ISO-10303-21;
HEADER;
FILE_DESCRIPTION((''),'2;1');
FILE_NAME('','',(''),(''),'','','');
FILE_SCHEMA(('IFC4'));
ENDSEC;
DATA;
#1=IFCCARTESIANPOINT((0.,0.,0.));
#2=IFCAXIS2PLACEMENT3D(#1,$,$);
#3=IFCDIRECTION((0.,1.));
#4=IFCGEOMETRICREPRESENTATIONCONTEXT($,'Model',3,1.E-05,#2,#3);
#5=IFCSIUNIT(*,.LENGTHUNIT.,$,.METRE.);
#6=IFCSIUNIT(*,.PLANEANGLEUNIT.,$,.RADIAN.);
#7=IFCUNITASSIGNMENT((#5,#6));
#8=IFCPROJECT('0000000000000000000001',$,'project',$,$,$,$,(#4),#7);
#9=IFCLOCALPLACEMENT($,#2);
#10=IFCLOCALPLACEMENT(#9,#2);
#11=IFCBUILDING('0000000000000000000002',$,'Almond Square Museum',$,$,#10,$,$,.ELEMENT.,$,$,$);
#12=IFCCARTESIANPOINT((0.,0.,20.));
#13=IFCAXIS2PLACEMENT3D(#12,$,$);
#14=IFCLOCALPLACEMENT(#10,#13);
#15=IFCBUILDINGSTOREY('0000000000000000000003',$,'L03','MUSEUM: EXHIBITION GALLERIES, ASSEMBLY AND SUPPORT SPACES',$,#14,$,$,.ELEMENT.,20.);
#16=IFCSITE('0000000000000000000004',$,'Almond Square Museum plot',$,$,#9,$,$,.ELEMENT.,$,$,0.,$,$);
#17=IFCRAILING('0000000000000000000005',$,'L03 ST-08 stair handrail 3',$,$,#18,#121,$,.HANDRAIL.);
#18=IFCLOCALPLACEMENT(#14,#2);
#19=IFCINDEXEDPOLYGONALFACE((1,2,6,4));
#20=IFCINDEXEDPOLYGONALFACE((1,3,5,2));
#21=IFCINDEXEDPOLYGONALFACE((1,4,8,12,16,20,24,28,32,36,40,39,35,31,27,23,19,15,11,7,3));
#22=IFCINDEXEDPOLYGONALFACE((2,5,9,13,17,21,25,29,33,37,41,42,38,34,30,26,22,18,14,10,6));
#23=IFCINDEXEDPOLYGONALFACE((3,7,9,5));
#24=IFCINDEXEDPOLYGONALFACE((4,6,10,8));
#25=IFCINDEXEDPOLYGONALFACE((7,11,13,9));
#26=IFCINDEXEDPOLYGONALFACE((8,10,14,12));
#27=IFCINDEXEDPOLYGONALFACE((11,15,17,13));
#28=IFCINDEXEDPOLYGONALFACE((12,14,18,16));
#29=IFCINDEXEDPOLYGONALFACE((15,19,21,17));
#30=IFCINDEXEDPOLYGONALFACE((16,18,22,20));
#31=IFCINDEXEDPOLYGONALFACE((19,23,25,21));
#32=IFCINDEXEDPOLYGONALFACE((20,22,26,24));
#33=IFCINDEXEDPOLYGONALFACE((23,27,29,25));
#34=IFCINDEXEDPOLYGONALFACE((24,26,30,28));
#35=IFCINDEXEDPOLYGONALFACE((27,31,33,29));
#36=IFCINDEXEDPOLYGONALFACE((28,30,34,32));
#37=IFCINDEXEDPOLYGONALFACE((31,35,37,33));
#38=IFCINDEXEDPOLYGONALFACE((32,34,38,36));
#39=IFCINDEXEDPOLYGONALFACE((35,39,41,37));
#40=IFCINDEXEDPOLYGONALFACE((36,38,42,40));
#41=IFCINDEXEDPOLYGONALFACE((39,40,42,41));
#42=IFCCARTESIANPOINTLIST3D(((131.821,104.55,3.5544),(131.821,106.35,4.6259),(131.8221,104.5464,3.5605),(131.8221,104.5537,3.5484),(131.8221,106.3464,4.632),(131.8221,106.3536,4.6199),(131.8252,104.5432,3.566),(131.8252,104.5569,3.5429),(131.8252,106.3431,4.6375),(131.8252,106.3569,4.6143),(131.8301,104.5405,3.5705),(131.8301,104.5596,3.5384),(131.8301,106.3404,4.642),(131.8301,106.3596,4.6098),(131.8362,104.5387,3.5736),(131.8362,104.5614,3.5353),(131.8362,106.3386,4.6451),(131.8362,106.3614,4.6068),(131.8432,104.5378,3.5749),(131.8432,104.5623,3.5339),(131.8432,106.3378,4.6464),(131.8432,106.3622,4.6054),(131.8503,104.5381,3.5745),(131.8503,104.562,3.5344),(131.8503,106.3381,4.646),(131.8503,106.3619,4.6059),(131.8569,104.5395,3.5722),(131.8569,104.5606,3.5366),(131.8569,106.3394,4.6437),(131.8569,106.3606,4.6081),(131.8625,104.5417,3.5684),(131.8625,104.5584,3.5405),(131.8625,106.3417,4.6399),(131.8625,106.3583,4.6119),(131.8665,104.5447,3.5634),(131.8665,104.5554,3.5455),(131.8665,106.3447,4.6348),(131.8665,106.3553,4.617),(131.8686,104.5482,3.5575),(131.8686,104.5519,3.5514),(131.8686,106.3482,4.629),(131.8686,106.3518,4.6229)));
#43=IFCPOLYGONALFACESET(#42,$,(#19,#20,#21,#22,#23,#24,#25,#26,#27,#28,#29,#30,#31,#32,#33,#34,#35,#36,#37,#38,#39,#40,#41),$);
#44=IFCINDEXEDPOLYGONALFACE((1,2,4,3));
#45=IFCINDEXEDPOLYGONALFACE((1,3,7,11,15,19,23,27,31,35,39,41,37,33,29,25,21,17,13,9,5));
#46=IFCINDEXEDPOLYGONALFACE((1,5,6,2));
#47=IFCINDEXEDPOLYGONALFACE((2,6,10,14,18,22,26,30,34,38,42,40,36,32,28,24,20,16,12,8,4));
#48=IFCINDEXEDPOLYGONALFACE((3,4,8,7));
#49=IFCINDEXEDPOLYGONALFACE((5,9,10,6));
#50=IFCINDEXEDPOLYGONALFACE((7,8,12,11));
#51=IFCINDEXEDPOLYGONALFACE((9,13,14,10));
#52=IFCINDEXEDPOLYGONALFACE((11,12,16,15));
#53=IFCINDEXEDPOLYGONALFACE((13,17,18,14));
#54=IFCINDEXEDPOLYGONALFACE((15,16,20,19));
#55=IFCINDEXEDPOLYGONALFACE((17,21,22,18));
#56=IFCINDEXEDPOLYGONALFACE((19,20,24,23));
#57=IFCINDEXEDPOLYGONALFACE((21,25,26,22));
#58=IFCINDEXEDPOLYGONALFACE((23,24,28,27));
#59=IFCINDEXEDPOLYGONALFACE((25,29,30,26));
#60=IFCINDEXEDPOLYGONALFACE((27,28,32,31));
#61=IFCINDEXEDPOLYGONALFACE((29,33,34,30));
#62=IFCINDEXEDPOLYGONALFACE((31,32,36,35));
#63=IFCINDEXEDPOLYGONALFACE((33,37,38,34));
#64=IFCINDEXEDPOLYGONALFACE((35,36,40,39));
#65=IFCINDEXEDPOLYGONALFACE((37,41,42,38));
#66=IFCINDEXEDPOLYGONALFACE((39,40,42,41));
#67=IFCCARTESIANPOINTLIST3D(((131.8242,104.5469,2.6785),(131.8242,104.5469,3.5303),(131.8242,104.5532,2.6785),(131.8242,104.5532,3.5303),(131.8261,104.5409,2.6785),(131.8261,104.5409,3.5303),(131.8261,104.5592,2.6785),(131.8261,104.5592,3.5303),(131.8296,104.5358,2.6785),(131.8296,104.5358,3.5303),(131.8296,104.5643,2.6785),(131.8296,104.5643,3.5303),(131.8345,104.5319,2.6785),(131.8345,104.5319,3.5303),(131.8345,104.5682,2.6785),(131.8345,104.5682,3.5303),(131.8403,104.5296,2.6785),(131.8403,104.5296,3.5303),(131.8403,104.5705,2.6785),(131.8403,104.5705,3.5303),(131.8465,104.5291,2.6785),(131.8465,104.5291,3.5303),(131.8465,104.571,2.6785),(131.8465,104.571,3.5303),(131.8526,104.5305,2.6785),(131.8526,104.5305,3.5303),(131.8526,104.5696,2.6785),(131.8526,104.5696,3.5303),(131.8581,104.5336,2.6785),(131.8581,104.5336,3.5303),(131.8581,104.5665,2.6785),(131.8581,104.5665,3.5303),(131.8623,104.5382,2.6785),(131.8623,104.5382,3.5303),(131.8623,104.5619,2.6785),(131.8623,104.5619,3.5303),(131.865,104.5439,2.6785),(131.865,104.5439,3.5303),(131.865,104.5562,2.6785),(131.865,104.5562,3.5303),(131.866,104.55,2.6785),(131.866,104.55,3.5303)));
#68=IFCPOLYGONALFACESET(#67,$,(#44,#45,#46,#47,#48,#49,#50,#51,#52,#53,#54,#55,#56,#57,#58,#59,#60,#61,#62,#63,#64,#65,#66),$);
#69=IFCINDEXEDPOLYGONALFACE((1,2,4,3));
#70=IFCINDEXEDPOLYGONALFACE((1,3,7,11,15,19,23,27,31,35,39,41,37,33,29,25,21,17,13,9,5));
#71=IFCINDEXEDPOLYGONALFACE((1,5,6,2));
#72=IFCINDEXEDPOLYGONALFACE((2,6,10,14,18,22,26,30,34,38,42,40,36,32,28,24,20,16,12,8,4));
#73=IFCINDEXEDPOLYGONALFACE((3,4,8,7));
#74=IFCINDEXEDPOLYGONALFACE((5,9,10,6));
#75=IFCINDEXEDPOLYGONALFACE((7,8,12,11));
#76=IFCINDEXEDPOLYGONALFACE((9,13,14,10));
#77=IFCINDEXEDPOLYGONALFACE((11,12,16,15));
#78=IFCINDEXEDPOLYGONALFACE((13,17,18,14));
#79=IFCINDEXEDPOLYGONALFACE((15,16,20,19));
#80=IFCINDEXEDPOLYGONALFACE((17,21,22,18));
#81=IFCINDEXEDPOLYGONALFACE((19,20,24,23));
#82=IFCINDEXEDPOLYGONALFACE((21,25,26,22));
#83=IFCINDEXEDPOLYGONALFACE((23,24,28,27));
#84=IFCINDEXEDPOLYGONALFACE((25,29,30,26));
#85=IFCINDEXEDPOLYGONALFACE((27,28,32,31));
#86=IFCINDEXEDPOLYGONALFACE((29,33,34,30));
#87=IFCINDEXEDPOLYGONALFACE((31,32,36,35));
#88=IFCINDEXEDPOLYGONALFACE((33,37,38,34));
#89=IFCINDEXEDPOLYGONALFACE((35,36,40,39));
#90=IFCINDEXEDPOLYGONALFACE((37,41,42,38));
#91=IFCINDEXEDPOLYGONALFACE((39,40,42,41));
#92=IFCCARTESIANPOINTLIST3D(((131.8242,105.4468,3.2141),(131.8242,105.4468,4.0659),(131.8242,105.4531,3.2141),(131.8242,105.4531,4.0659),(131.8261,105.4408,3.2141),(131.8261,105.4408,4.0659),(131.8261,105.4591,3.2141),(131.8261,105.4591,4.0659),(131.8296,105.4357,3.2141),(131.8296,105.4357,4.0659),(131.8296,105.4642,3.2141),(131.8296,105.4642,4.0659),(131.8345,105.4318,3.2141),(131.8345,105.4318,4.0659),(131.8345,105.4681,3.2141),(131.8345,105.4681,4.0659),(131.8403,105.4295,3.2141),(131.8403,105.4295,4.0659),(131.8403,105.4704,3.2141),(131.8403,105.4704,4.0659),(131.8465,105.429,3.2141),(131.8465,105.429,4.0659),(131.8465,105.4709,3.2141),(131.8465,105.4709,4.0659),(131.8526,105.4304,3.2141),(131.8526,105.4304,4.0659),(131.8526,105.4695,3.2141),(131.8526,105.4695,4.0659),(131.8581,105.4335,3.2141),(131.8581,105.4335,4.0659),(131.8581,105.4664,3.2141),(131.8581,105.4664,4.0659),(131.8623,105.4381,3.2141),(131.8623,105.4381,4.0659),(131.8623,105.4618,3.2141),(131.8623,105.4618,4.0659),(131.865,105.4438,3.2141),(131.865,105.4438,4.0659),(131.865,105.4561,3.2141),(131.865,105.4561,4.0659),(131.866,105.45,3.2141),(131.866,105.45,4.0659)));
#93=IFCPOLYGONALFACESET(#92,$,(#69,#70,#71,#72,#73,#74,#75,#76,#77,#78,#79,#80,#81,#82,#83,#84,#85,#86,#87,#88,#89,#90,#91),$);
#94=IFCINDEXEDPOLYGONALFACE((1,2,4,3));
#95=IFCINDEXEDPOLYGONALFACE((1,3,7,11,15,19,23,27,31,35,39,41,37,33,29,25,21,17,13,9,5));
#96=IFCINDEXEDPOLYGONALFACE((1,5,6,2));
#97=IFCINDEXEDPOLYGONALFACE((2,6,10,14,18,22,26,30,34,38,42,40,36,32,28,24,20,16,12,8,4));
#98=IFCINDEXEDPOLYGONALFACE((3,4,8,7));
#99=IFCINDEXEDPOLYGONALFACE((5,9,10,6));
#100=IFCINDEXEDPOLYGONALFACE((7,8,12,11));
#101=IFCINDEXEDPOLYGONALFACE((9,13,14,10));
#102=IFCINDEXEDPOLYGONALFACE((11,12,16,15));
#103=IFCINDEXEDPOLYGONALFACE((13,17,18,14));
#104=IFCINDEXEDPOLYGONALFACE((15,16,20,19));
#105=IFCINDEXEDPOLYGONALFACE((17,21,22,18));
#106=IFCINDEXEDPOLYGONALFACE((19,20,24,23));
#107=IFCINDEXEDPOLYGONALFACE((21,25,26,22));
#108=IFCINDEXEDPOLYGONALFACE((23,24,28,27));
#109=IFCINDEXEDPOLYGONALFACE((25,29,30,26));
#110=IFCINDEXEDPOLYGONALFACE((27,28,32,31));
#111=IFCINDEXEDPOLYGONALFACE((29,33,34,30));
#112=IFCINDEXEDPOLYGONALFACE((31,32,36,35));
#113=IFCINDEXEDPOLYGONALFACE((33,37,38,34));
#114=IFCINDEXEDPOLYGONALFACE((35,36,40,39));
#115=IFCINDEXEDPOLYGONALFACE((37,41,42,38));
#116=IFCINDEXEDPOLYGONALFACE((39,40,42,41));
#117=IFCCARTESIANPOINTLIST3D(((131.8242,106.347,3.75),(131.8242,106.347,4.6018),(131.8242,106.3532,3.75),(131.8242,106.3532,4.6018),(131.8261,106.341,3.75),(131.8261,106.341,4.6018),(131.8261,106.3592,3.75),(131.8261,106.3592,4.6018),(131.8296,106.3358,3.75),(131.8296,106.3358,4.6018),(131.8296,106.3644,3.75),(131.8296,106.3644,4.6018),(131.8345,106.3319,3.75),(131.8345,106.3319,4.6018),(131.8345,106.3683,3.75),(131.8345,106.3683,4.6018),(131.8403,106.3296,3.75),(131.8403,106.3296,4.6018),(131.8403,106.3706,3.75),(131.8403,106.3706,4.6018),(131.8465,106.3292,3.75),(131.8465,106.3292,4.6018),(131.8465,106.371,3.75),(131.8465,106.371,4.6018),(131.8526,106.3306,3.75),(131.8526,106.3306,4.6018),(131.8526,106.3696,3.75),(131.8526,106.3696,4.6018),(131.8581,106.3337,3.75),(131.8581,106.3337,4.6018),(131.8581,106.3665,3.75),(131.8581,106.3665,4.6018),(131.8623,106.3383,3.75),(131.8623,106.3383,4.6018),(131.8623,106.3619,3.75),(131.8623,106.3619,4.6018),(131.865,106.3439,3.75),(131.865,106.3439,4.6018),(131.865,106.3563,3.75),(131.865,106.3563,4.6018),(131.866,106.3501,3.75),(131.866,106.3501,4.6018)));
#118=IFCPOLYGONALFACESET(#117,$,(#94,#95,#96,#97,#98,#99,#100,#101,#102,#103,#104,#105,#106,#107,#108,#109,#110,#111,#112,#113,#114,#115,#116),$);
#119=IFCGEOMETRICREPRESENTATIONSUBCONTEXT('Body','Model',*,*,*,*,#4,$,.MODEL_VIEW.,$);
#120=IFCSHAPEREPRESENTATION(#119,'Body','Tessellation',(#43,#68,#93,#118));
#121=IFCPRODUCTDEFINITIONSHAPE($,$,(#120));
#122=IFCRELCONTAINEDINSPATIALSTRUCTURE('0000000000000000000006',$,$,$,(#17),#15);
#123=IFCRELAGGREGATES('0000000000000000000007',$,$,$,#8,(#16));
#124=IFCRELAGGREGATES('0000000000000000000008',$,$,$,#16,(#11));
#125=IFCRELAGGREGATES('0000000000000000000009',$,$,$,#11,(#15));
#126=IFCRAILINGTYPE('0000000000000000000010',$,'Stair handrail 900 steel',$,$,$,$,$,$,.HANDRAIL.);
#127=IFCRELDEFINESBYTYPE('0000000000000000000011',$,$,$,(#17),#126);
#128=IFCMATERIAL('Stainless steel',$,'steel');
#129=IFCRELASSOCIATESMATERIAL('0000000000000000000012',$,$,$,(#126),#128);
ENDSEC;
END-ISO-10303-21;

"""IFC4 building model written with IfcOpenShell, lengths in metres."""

from ifc_helpers import new_model, si_unit, direction, frame, origin, origin_2d, place, context, subcontext, project, spatial, circle, extrude, material, type_object, element, save


model = new_model("IFC4")

# Units and contexts
model_context = context("Model", 3, precision=1e-05, world=origin(), true_north=direction((0.0, 1.0)))
body_context = subcontext(model_context, "Body", "Model", "MODEL_VIEW")
ifc_project = project(units=[si_unit("LENGTHUNIT", "METRE"), si_unit("PLANEANGLEUNIT", "RADIAN")], contexts=[model_context])

# Site, building, storey
site_placement = place(None, origin())
site = spatial("IfcSite", under=ifc_project, at=site_placement, Name="Almond Square Museum plot", CompositionType="ELEMENT", RefElevation=0.0)
building_placement = place(site_placement, origin())
building = spatial("IfcBuilding", under=site, at=building_placement, Name="Almond Square Museum", CompositionType="ELEMENT")
storey_placement = place(building_placement, frame((0.0, 0.0, 20.0)))
storey = spatial("IfcBuildingStorey", under=building, at=storey_placement, Name="L03", Description="MUSEUM: EXHIBITION GALLERIES, ASSEMBLY AND SUPPORT SPACES", CompositionType="ELEMENT", Elevation=20.0)

# Railing
ifc_material_1 = material(Name="Stainless steel", Category="steel")
railing_type_1 = type_object("IfcRailingType", Name="Stair handrail 900 steel", PredefinedType="HANDRAIL", material=ifc_material_1)
railing_1_placement = place(storey_placement, frame((131.845, 104.55, 2.6785)))
element("IfcRailing", 1, at=railing_1_placement, inside=storey, type_object=railing_type_1, Name="L03 ST-08 stair handrail 3", PredefinedType="HANDRAIL", context=body_context, shape_type="SweptSolid", body=[
    extrude(circle(Radius=0.0239, at=origin_2d()), frame((0.0, 0.0, 0.876), z_axis=(0.0, 0.859277, 0.51151), x_axis=(-1.0, 0.0, 0.0)), (0.0, 0.0, 1.0), 2.0947),
    extrude(circle(Radius=0.021, at=origin_2d()), origin(), (0.0, 0.0, 1.0), 0.8518),
    extrude(circle(Radius=0.021, at=origin_2d()), frame((0.0, 0.8999, 0.5356)), (0.0, 0.0, 1.0), 0.8518),
    extrude(circle(Radius=0.021, at=origin_2d()), frame((0.0, 1.8, 1.0715)), (0.0, 0.0, 1.0), 0.8518),
])

save(model, "model.ifc")
